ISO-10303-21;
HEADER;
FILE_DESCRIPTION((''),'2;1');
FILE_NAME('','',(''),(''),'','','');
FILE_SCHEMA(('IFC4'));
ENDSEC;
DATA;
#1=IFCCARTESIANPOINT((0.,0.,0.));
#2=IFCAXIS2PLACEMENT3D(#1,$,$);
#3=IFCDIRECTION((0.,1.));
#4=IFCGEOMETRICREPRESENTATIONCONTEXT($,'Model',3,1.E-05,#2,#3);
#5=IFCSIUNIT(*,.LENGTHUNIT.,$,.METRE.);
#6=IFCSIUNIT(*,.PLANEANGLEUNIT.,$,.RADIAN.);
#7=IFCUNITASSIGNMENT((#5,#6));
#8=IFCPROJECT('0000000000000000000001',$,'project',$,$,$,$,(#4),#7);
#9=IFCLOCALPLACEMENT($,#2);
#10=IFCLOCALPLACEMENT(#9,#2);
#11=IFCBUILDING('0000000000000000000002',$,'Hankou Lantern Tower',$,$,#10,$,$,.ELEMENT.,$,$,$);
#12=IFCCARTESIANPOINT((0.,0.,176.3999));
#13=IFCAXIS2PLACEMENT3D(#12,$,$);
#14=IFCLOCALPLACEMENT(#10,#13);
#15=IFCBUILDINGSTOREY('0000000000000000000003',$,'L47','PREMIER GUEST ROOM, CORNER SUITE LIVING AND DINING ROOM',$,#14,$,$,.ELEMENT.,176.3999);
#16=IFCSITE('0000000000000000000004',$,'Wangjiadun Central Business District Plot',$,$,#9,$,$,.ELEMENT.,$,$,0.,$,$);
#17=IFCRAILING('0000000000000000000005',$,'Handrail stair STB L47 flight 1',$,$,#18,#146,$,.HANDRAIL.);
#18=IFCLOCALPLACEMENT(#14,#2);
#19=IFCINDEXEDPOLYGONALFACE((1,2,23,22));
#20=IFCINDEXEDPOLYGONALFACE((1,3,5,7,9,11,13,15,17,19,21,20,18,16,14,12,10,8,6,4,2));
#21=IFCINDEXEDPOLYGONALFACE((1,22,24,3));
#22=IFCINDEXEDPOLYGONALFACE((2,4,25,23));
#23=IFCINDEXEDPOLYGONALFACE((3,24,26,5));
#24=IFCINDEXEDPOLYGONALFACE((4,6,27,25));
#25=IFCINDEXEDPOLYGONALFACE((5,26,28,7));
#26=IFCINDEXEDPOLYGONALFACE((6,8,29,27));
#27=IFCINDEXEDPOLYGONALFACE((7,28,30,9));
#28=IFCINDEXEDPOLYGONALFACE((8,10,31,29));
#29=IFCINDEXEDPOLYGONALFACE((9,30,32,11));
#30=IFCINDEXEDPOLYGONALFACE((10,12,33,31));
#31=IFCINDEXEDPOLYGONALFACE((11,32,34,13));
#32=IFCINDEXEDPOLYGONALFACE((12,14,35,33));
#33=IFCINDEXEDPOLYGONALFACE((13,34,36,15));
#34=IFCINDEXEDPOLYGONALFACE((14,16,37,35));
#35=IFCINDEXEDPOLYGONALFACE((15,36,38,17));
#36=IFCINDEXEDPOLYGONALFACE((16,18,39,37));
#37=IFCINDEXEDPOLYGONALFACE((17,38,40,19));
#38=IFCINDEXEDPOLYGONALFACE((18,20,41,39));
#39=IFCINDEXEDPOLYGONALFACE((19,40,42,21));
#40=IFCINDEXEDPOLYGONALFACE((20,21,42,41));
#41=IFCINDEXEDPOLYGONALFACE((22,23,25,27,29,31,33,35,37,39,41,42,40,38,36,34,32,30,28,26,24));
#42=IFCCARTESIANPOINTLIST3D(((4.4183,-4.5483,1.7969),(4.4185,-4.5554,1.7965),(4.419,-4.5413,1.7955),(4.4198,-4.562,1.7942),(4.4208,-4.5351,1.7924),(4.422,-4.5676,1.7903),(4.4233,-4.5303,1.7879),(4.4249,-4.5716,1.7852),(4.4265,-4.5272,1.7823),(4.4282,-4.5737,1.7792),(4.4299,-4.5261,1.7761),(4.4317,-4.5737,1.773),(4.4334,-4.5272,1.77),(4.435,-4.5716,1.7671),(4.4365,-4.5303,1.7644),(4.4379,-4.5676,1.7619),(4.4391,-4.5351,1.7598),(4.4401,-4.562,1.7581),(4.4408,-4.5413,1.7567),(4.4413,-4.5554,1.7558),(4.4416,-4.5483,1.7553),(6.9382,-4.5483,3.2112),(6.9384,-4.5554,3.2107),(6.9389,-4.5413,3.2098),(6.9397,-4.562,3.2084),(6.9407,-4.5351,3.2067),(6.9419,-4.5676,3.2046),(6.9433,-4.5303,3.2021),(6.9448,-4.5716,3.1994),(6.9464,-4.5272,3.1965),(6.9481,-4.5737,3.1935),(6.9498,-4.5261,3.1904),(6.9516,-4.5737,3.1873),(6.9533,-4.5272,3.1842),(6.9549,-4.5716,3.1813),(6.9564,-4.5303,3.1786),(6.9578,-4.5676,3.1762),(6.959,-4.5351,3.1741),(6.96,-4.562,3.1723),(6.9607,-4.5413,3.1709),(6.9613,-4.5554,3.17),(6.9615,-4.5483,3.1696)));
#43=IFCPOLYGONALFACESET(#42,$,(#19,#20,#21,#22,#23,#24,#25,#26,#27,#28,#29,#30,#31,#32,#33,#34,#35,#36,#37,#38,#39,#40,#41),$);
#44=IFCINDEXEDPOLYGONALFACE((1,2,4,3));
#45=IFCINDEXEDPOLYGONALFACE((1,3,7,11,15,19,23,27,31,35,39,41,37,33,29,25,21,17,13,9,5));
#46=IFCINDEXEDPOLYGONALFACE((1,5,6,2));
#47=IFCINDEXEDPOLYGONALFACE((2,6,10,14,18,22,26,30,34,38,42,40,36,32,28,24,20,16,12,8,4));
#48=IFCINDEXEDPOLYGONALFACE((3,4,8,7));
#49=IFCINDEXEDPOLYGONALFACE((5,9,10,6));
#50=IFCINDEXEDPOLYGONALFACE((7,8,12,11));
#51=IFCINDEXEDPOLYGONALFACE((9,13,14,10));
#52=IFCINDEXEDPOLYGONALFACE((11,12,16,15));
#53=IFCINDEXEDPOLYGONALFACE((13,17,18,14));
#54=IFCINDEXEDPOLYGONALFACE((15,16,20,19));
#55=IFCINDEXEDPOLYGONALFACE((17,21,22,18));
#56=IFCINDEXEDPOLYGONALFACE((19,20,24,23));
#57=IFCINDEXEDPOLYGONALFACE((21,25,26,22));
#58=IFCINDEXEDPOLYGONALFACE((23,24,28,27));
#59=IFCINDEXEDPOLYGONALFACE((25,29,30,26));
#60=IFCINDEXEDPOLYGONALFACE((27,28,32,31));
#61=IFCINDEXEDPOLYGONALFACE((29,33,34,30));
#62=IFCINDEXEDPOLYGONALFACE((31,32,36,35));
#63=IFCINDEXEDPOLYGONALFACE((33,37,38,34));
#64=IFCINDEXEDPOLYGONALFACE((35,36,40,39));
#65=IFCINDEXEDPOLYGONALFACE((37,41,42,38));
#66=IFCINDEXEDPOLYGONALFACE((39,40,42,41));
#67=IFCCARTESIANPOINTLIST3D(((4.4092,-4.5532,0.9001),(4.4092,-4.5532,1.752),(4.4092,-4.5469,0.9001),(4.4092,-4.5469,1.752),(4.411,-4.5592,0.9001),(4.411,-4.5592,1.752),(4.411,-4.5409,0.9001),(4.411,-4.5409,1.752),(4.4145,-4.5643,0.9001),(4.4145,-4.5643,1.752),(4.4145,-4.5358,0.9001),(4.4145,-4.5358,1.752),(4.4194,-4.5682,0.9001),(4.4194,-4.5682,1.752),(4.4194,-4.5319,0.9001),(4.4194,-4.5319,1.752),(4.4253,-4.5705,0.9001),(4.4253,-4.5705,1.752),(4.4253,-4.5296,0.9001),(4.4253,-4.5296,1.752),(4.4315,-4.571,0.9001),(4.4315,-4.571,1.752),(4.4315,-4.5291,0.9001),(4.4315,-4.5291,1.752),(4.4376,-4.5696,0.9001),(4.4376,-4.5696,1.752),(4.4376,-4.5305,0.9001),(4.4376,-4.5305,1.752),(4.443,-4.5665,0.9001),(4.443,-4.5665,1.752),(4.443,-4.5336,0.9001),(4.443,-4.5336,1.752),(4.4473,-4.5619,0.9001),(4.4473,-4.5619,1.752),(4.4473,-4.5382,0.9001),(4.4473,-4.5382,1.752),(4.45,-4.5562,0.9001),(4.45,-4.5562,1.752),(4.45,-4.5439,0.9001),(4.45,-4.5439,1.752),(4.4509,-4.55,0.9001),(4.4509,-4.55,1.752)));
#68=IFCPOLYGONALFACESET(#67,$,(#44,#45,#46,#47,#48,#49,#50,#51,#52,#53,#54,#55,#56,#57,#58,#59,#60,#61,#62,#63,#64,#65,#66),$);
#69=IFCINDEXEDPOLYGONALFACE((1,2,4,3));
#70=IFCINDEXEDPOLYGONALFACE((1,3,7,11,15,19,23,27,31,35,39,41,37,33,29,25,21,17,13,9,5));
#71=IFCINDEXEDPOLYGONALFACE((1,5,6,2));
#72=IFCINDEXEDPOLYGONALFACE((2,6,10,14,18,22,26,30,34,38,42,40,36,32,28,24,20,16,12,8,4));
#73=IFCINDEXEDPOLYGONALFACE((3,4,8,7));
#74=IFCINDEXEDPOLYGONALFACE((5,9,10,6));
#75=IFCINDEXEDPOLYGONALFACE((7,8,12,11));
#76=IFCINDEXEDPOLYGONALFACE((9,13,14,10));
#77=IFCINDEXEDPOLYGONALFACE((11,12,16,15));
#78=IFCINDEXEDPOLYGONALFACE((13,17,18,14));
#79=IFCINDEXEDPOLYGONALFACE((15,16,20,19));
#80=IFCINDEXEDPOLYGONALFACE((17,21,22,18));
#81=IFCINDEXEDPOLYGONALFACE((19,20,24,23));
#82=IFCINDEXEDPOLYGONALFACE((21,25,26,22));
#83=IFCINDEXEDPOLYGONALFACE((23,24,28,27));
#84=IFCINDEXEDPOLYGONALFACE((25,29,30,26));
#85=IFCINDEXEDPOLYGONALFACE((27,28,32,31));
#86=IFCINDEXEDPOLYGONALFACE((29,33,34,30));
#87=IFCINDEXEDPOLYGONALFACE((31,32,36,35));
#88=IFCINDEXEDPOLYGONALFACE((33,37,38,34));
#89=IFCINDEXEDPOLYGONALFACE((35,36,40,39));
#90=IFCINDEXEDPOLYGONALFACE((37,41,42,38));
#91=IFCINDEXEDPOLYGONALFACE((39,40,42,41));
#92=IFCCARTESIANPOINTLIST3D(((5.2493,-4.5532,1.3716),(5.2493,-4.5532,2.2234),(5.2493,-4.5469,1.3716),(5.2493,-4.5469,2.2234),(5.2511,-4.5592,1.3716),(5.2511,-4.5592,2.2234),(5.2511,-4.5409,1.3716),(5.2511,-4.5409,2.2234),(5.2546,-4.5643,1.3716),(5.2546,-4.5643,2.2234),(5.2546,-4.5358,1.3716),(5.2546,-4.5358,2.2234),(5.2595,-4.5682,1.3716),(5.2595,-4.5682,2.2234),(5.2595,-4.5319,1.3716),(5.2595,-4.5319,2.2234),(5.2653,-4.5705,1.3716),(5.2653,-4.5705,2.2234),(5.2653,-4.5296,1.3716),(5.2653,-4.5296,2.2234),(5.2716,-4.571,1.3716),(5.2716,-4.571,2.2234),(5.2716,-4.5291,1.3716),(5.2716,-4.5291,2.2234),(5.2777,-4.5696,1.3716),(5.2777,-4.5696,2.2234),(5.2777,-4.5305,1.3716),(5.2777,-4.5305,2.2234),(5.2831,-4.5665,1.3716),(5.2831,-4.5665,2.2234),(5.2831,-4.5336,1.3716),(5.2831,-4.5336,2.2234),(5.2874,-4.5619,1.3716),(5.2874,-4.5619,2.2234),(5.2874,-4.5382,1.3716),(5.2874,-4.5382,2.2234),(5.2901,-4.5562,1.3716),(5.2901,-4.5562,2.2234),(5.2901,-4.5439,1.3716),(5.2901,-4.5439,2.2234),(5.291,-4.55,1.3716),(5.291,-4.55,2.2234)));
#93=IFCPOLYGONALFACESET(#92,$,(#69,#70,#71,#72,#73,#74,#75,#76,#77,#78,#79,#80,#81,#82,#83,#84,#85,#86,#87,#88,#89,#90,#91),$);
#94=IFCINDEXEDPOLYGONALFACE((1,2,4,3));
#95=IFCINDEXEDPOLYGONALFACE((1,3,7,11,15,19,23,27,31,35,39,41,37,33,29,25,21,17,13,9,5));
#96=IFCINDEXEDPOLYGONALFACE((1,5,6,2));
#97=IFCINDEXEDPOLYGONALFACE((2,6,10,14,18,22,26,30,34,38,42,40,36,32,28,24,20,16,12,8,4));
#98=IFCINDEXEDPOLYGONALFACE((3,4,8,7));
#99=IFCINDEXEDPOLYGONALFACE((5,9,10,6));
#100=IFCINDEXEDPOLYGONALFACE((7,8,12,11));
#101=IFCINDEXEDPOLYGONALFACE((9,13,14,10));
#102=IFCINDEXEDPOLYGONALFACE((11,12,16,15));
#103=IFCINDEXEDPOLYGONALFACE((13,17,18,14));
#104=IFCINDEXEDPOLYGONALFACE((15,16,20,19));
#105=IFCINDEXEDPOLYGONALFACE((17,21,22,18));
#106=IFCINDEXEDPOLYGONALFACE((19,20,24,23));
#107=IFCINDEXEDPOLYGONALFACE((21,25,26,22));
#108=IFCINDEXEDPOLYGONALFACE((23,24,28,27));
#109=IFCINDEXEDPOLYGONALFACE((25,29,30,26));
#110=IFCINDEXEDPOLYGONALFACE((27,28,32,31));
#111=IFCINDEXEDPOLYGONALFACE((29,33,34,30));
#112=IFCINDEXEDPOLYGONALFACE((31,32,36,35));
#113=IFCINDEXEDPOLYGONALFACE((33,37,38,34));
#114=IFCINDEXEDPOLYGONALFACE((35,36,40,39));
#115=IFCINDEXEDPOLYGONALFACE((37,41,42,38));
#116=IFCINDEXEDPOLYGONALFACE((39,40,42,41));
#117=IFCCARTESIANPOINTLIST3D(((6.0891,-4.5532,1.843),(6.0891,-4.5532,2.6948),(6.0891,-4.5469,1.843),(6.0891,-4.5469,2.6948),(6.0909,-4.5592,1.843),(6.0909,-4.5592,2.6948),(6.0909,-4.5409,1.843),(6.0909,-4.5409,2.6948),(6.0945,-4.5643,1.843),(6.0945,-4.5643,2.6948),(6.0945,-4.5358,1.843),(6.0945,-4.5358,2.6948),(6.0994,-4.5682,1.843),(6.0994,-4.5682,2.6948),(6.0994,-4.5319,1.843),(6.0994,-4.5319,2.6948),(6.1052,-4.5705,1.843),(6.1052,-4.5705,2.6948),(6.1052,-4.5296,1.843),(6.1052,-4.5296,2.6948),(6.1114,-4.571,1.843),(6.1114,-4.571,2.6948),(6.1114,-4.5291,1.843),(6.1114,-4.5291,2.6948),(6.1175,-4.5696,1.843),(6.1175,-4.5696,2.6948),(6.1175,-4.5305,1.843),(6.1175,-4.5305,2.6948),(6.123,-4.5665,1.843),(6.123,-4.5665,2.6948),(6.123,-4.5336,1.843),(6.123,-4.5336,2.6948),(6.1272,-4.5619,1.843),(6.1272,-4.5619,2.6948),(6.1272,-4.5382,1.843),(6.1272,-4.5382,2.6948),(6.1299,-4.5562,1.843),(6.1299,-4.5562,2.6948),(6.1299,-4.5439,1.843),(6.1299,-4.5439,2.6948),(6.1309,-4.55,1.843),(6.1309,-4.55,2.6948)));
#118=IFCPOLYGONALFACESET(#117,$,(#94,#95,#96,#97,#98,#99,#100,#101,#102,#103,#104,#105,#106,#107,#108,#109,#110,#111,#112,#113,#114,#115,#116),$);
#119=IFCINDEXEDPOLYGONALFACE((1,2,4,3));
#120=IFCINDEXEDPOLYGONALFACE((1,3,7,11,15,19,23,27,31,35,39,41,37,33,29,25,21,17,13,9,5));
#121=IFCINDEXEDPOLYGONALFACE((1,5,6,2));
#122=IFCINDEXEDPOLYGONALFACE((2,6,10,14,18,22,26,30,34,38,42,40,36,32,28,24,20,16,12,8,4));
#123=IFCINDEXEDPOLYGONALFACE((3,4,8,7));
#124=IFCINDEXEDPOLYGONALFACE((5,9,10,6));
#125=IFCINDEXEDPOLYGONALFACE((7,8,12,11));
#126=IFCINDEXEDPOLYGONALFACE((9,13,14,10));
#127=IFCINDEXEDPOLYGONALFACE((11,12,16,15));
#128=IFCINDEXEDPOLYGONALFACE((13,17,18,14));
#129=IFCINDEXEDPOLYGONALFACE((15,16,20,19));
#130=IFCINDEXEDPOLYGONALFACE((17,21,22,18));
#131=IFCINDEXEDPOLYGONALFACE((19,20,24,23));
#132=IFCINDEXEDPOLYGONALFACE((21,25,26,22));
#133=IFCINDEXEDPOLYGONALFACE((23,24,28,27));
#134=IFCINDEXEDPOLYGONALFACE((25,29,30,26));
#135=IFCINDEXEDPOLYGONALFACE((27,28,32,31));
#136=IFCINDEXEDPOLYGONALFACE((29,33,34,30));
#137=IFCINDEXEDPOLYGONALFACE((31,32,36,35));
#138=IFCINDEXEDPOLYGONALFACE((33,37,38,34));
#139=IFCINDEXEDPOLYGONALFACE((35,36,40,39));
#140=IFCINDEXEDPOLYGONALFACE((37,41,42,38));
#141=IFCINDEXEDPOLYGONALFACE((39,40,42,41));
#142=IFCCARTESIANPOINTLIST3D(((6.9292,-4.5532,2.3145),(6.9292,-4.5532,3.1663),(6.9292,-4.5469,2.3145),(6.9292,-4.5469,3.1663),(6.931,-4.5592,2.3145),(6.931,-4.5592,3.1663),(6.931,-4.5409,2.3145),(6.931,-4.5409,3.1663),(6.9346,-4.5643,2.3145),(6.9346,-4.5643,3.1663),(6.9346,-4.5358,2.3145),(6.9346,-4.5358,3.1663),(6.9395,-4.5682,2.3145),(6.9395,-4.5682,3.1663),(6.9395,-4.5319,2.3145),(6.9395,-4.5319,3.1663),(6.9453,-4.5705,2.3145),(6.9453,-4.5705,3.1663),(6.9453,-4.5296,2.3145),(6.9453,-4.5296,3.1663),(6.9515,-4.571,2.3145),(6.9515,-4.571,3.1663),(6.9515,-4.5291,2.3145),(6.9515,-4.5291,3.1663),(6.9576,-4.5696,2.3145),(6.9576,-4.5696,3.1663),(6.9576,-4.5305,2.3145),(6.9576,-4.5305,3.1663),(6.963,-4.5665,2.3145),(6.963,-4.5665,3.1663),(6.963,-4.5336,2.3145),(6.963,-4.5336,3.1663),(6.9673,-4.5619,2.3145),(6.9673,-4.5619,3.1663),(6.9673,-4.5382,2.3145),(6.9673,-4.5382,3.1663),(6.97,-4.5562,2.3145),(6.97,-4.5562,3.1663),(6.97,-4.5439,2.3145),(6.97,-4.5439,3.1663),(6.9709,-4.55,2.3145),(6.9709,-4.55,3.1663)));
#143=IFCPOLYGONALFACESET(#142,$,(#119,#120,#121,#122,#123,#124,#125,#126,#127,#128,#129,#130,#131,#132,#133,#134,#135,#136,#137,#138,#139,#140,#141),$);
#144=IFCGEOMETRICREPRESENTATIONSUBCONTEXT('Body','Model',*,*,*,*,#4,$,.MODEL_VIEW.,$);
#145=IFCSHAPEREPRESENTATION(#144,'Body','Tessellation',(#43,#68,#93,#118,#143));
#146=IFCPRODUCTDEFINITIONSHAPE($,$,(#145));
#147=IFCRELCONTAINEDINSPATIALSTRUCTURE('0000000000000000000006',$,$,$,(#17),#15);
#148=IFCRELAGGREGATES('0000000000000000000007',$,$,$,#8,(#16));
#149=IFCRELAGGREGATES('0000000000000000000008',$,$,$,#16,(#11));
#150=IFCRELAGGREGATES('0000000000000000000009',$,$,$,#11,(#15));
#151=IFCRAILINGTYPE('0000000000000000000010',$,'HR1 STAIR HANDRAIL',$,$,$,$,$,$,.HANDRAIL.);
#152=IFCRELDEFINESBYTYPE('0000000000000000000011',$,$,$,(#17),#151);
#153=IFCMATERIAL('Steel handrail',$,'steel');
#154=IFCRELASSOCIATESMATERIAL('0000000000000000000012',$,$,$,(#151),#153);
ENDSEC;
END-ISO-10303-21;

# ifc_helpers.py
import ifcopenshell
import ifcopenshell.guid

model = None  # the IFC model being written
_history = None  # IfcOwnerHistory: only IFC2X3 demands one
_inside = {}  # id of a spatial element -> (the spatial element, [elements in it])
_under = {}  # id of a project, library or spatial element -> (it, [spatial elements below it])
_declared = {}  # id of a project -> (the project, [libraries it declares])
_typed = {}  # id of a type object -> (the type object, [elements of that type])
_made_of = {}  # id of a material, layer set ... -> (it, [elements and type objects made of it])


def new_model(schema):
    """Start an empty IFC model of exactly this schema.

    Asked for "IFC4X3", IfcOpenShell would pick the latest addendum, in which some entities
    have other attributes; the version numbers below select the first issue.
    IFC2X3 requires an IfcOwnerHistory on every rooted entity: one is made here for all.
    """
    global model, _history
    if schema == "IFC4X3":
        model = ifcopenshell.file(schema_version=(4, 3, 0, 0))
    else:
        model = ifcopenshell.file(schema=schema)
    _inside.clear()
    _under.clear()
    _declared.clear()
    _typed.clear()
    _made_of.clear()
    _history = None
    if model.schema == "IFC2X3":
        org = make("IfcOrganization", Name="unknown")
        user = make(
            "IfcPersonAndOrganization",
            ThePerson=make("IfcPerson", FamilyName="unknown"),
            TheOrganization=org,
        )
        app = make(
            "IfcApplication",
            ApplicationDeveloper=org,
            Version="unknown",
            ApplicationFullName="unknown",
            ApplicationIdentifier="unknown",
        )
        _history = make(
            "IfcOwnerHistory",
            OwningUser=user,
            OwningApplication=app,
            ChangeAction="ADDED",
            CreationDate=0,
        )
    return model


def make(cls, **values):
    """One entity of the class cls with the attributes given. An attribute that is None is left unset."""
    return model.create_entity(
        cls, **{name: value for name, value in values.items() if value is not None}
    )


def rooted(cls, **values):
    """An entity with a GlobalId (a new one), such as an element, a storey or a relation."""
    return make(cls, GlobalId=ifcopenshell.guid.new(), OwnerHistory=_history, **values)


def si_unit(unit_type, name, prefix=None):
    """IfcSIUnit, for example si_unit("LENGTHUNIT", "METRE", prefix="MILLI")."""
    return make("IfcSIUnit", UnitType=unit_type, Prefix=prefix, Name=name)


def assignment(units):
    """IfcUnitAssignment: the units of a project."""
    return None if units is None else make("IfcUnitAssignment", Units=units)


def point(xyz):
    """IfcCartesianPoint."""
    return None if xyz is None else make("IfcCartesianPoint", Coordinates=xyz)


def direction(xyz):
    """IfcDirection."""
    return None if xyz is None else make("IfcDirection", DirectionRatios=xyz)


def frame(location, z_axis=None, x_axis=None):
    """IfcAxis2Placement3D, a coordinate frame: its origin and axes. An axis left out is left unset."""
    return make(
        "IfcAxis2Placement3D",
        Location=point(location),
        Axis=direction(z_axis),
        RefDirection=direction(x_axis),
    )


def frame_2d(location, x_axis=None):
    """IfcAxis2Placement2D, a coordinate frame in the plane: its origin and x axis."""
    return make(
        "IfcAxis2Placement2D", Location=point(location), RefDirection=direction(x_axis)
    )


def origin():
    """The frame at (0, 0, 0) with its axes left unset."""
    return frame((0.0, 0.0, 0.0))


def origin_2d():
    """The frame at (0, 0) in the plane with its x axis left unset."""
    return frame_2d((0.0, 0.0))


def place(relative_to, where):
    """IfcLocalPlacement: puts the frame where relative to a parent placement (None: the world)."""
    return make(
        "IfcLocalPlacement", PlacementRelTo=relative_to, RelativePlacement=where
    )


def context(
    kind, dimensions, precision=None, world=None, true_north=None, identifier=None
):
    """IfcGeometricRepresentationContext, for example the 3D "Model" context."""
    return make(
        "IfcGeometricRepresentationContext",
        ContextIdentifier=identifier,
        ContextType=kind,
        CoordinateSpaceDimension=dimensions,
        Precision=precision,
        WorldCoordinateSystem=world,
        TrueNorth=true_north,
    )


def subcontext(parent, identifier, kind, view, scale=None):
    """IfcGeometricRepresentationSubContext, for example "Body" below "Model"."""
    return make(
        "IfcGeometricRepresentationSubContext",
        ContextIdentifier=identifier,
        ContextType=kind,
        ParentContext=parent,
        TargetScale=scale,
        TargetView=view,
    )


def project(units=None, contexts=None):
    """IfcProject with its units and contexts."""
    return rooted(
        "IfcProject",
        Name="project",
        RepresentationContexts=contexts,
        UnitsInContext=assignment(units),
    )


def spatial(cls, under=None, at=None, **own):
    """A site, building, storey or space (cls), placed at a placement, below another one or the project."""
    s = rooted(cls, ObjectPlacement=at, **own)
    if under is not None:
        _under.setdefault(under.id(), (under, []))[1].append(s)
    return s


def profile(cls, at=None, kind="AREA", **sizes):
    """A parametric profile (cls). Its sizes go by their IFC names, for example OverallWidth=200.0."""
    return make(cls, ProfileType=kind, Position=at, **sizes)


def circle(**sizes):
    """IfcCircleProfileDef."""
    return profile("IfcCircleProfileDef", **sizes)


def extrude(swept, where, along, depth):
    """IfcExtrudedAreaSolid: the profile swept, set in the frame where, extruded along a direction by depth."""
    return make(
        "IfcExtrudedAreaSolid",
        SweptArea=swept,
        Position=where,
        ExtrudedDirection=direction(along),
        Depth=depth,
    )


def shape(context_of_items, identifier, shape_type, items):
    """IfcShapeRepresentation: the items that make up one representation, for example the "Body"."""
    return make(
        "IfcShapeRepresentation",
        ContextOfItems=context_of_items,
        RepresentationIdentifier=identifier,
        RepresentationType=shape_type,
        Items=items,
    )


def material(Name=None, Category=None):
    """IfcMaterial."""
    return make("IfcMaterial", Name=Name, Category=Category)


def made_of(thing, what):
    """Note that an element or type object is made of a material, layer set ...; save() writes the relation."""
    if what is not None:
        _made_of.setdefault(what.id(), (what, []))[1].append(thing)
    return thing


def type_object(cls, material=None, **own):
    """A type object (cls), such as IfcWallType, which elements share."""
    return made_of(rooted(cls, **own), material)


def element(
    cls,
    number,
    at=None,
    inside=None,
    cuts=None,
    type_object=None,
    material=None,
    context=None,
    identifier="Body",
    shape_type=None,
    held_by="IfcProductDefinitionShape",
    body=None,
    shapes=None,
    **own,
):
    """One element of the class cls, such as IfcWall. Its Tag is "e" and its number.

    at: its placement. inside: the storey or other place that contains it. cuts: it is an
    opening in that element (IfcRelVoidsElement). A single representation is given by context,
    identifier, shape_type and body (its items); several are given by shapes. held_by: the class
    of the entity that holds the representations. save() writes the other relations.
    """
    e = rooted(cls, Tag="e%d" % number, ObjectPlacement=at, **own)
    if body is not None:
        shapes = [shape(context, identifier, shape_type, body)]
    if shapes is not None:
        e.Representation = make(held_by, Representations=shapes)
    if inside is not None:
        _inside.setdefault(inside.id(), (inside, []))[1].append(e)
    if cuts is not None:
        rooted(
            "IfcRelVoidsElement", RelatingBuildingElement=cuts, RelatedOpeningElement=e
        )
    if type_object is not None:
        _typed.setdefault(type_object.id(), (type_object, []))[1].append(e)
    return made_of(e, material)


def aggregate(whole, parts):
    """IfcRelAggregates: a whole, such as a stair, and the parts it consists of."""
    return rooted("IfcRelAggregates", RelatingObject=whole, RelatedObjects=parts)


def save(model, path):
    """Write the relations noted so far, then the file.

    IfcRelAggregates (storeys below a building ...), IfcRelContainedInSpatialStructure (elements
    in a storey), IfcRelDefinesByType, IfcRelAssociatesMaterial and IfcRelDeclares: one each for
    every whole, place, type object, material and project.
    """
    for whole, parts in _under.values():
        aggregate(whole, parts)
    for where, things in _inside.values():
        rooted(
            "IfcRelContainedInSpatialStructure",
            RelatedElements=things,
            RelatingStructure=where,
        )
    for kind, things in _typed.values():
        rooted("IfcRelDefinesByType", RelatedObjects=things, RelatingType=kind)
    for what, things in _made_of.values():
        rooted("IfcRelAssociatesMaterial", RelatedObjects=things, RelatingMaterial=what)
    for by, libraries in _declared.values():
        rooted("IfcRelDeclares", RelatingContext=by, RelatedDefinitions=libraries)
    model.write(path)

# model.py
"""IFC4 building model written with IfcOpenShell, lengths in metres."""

from ifc_helpers import new_model, si_unit, direction, frame, origin, origin_2d, place, context, subcontext, project, spatial, circle, extrude, material, type_object, element, save


model = new_model("IFC4")

# Units and contexts
model_context = context("Model", 3, precision=1e-05, world=origin(), true_north=direction((0.0, 1.0)))
body_context = subcontext(model_context, "Body", "Model", "MODEL_VIEW")
ifc_project = project(units=[si_unit("LENGTHUNIT", "METRE"), si_unit("PLANEANGLEUNIT", "RADIAN")], contexts=[model_context])

# Site, building, storey
site_placement = place(None, origin())
site = spatial("IfcSite", under=ifc_project, at=site_placement, Name="Wangjiadun Central Business District Plot", CompositionType="ELEMENT", RefElevation=0.0)
building_placement = place(site_placement, origin())
building = spatial("IfcBuilding", under=site, at=building_placement, Name="Hankou Lantern Tower", CompositionType="ELEMENT")
storey_placement = place(building_placement, frame((0.0, 0.0, 176.3999)))
storey = spatial("IfcBuildingStorey", under=building, at=storey_placement, Name="L47", Description="PREMIER GUEST ROOM, CORNER SUITE LIVING AND DINING ROOM", CompositionType="ELEMENT", Elevation=176.3999)

# Railing
ifc_material_1 = material(Name="Steel handrail", Category="steel")
railing_type = type_object("IfcRailingType", Name="HR1 STAIR HANDRAIL", PredefinedType="HANDRAIL", material=ifc_material_1)
railing_1_placement = place(storey_placement, frame((4.4299, -4.55, 0.9001)))
element("IfcRailing", 1, at=railing_1_placement, inside=storey, type_object=railing_type, Name="Handrail stair STB L47 flight 1", PredefinedType="HANDRAIL", context=body_context, shape_type="SweptSolid", body=[
    extrude(circle(Radius=0.0239, at=origin_2d()), frame((0.0, 0.0, 0.876), z_axis=(0.872049, 0.0, 0.489419), x_axis=(0.0, 1.0, 0.0)), (0.0, 0.0, 1.0), 2.8896),
    extrude(circle(Radius=0.021, at=origin_2d()), origin(), (0.0, 0.0, 1.0), 0.8518),
    extrude(circle(Radius=0.021, at=origin_2d()), frame((0.8401, 0.0, 0.4714)), (0.0, 0.0, 1.0), 0.8518),
    extrude(circle(Radius=0.021, at=origin_2d()), frame((1.6799, 0.0, 0.9429)), (0.0, 0.0, 1.0), 0.8518),
    extrude(circle(Radius=0.021, at=origin_2d()), frame((2.52, 0.0, 1.4143)), (0.0, 0.0, 1.0), 0.8518),
])

save(model, "model.ifc")
